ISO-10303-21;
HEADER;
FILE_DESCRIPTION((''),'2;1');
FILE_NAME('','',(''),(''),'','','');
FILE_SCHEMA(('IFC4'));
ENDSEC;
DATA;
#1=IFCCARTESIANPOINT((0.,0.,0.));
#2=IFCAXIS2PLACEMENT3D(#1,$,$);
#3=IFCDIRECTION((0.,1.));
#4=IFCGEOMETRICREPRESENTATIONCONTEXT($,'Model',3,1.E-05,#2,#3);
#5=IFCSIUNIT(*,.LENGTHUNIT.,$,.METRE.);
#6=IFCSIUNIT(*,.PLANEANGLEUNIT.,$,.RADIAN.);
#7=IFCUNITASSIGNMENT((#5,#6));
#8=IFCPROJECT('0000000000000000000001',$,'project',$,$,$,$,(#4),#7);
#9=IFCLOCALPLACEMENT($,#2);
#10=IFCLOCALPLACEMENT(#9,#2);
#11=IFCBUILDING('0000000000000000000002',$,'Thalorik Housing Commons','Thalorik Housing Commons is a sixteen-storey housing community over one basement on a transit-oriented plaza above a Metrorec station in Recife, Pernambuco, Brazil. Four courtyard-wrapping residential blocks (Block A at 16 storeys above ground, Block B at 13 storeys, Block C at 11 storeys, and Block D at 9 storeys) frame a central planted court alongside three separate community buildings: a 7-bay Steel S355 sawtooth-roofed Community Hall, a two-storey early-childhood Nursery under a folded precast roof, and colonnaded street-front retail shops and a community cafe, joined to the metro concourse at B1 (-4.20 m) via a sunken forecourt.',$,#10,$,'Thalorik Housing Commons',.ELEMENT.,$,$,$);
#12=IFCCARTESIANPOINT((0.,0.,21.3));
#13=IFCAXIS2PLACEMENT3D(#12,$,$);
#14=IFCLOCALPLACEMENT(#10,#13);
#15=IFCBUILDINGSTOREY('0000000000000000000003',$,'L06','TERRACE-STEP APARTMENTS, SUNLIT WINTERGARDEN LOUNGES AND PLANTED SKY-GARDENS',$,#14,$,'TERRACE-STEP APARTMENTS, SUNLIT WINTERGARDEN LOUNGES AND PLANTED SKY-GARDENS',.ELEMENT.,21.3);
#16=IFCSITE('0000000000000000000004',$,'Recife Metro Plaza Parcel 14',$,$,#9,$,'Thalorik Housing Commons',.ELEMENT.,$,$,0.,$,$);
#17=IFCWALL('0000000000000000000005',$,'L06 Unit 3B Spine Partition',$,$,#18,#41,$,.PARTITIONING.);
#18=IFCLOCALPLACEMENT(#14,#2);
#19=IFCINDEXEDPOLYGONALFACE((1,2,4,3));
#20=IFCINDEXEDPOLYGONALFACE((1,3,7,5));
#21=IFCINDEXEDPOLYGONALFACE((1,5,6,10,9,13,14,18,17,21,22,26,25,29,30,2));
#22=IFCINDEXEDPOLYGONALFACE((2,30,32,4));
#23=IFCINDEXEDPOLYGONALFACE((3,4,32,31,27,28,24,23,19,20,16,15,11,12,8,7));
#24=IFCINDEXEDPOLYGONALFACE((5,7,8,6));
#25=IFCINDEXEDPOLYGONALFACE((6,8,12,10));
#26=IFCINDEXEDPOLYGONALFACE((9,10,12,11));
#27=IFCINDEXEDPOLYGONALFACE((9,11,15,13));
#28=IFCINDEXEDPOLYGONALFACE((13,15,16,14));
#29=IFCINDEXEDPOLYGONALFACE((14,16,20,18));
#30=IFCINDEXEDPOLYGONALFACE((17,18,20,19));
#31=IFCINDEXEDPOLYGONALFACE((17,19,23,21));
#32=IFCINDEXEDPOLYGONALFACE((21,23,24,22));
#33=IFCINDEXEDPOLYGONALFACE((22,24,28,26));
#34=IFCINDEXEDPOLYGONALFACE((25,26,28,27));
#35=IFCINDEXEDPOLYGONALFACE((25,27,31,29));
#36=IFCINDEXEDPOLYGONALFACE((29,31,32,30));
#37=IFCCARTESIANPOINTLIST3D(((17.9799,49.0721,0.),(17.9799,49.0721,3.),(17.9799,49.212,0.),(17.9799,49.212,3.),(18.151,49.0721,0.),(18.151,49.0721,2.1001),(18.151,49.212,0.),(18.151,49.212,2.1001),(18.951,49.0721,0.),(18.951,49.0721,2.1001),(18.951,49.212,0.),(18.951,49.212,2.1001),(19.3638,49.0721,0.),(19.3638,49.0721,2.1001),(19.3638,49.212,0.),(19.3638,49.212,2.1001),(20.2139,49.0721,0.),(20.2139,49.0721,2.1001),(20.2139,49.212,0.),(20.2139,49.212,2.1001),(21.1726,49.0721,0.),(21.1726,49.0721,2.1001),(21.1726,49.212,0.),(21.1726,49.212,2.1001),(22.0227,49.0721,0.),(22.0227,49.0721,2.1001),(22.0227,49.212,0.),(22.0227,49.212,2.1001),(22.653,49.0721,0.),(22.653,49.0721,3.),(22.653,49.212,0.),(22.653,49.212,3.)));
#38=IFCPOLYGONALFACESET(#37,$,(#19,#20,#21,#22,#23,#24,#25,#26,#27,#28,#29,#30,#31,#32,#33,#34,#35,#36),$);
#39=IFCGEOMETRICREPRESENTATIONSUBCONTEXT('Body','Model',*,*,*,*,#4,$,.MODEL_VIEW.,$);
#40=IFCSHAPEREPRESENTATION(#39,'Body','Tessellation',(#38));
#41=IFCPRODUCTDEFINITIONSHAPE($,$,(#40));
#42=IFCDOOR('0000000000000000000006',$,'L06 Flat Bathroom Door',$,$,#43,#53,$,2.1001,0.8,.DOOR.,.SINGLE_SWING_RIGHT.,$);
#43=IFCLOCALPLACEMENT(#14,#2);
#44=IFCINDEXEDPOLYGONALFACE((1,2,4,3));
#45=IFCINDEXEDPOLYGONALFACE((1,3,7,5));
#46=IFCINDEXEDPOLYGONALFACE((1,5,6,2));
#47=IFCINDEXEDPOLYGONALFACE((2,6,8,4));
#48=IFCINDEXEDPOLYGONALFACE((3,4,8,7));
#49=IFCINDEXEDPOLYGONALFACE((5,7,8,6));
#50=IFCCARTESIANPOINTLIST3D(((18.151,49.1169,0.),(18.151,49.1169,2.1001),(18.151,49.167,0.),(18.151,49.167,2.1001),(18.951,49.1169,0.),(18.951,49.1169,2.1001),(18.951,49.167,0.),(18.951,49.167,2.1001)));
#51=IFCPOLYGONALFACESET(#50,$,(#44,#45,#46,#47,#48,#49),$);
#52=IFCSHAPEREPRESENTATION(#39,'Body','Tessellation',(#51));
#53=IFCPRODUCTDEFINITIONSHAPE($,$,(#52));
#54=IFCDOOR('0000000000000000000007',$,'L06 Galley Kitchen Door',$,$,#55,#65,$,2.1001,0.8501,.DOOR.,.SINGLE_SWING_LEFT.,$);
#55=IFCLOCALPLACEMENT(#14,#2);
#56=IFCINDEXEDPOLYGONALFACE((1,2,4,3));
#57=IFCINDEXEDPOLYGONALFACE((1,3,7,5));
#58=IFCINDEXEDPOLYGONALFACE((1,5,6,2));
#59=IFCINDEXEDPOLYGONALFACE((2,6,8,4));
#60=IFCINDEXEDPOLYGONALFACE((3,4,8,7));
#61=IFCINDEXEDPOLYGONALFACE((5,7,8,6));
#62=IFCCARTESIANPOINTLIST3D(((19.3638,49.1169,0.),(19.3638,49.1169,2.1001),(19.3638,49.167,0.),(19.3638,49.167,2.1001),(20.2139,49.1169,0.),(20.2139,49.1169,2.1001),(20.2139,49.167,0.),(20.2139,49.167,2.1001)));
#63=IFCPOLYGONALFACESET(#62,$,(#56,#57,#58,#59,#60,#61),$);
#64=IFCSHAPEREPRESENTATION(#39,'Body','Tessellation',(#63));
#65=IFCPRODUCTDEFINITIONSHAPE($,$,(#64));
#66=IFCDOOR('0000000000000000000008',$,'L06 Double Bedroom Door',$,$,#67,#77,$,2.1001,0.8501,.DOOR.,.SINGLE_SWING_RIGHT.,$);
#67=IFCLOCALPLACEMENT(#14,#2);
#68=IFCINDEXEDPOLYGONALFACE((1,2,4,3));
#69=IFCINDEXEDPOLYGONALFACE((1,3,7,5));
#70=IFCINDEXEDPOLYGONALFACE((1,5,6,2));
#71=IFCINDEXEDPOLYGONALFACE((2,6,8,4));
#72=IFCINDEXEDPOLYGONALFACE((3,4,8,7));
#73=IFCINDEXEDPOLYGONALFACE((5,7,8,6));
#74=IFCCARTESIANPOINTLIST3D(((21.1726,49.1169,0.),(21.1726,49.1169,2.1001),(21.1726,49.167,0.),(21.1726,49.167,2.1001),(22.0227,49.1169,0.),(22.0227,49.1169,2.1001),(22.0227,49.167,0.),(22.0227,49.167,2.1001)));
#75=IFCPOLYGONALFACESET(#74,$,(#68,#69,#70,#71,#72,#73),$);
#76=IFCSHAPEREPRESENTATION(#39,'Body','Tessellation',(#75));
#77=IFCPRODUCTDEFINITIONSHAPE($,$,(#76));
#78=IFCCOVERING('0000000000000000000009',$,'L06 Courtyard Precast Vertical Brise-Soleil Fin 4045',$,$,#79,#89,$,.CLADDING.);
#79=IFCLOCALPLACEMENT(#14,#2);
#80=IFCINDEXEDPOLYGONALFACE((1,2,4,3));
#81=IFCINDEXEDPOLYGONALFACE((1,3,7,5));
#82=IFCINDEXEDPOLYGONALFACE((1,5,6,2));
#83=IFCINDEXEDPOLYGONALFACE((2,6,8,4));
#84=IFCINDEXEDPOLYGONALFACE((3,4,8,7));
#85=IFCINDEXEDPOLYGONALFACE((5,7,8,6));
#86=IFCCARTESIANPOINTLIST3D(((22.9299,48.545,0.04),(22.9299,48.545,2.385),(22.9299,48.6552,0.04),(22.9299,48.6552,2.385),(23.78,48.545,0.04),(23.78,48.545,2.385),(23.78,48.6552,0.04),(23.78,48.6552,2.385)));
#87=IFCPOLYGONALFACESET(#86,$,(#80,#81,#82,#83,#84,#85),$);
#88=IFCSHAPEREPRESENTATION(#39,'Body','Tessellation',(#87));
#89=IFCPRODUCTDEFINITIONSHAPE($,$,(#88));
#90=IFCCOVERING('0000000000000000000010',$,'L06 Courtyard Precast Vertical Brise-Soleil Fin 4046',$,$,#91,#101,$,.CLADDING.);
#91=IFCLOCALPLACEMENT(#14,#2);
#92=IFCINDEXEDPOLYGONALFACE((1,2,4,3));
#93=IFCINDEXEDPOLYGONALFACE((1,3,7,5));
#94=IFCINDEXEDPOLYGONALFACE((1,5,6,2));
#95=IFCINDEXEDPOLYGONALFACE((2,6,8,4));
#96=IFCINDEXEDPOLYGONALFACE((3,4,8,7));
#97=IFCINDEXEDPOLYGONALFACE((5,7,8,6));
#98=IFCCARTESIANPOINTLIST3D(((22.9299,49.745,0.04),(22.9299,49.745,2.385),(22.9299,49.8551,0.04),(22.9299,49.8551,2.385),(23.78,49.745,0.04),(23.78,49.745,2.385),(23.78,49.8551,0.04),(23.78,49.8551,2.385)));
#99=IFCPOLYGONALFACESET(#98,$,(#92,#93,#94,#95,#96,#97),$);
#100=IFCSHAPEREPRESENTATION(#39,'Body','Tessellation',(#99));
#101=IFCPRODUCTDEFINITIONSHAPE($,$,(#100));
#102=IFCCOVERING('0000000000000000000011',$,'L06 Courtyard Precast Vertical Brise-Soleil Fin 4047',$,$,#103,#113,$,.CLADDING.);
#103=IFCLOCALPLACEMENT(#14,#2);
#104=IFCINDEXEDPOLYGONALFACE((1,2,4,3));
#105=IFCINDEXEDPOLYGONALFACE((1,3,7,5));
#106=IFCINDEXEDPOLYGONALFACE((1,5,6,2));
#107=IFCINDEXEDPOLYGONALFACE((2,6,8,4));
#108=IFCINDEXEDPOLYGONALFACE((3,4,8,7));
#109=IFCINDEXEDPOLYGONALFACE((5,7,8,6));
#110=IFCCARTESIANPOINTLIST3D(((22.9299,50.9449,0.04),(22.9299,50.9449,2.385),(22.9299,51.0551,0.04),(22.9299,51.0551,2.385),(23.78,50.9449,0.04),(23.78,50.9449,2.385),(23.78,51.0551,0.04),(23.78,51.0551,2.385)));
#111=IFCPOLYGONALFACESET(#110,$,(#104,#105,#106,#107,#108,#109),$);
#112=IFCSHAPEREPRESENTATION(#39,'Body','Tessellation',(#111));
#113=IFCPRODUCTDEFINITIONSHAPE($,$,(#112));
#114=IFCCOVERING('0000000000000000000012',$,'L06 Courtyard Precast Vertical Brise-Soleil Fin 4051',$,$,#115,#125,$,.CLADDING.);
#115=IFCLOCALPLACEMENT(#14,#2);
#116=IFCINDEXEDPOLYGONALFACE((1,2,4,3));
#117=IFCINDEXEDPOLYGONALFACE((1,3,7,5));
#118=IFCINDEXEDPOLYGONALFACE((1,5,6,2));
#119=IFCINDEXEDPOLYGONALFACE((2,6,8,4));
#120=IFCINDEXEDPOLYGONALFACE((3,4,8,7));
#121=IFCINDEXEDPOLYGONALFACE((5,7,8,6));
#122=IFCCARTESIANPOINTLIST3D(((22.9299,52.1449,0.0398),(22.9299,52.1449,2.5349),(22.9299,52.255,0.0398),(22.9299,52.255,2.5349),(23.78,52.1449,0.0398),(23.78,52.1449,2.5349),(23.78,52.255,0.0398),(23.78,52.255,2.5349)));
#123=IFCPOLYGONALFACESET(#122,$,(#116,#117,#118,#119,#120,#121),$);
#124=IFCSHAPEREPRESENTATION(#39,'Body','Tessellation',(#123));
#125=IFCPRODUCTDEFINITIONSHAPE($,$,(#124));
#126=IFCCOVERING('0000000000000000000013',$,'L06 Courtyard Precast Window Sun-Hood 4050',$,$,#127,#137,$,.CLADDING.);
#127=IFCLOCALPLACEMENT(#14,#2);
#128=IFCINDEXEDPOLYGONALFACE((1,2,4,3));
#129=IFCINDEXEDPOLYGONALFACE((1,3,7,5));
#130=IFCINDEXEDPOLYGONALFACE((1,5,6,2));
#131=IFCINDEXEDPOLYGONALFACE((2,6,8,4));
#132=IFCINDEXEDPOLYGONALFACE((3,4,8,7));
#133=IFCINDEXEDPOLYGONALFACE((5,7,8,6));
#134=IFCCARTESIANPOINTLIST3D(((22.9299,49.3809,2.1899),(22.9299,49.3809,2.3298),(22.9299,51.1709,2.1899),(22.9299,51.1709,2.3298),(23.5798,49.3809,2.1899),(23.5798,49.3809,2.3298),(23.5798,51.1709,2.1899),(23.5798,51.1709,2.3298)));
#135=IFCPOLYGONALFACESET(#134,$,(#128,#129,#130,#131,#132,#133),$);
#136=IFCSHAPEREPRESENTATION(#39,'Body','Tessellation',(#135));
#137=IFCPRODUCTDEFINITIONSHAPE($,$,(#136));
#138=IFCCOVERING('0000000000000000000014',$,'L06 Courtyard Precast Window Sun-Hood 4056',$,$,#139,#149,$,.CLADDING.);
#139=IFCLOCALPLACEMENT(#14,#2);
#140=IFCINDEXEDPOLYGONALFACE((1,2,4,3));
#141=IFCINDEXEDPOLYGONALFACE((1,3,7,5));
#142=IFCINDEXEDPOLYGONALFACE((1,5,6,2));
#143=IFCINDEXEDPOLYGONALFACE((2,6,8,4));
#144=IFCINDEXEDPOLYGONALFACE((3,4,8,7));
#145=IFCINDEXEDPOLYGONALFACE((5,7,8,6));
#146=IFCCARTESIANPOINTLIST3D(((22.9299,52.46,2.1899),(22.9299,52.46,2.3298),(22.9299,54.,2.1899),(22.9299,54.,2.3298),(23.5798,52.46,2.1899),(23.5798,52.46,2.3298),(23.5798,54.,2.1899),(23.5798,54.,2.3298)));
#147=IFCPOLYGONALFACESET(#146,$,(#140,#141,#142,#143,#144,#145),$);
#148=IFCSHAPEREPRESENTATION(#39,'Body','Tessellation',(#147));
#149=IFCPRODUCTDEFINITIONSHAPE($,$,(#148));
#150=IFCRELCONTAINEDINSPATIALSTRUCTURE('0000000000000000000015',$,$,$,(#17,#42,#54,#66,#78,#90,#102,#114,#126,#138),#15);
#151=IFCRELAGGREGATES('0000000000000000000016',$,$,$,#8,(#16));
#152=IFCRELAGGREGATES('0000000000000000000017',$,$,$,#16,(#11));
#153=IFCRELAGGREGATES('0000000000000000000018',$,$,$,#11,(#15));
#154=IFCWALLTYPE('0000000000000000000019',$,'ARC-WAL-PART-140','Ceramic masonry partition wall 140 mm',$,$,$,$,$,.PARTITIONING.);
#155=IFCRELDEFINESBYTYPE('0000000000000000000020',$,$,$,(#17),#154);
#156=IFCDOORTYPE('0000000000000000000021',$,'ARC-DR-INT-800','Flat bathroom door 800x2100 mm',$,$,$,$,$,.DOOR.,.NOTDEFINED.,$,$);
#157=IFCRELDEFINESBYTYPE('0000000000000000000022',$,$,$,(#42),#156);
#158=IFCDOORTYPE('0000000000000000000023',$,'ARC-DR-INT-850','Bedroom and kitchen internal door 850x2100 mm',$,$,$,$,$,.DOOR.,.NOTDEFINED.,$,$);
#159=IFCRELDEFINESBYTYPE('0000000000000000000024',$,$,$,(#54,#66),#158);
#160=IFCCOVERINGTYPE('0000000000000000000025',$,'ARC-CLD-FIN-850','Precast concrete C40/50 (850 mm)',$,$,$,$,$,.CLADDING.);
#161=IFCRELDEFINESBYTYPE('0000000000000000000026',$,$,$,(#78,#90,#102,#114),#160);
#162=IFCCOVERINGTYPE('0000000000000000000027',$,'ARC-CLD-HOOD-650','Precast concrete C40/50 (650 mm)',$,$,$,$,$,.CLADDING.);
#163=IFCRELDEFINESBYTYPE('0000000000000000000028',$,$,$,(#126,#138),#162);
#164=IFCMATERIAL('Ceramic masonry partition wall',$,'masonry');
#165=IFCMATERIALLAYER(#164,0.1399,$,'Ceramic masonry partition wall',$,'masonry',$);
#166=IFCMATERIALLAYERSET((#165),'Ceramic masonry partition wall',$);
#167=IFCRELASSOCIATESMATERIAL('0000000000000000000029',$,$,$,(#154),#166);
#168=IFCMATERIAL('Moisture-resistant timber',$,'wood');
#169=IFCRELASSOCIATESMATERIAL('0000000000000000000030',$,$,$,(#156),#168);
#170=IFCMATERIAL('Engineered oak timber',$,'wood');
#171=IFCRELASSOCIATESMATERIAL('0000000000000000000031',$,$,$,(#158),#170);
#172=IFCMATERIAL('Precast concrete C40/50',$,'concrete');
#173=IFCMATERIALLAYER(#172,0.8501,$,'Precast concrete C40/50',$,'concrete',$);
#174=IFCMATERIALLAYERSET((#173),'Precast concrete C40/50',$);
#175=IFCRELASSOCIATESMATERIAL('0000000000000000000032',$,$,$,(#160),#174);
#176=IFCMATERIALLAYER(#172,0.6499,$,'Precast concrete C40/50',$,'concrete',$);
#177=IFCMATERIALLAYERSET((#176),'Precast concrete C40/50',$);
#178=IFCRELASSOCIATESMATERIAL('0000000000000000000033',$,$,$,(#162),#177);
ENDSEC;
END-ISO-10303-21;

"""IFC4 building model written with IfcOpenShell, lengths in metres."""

from ifc_helpers import new_model, si_unit, direction, frame, frame_2d, origin, origin_2d, place, context, subcontext, project, spatial, rectangle, extrude, material, layer, layer_set, type_object, element, fill, save


model = new_model("IFC4")

# Units and contexts
model_context = context("Model", 3, precision=1e-05, world=origin(), true_north=direction((0.0, 1.0)))
body_context = subcontext(model_context, "Body", "Model", "MODEL_VIEW")
ifc_project = project(units=[si_unit("LENGTHUNIT", "METRE"), si_unit("PLANEANGLEUNIT", "RADIAN")], contexts=[model_context])

# Site, building, storey
site_placement = place(None, origin())
site = spatial("IfcSite", under=ifc_project, at=site_placement, Name="Recife Metro Plaza Parcel 14", LongName="Thalorik Housing Commons", CompositionType="ELEMENT", RefElevation=0.0)
building_placement = place(site_placement, origin())
building = spatial("IfcBuilding", under=site, at=building_placement, Name="Thalorik Housing Commons", Description="Thalorik Housing Commons is a sixteen-storey housing community over one basement on a transit-oriented plaza above a Metrorec station in Recife, Pernambuco, Brazil. Four courtyard-wrapping residential blocks (Block A at 16 storeys above ground, Block B at 13 storeys, Block C at 11 storeys, and Block D at 9 storeys) frame a central planted court alongside three separate community buildings: a 7-bay Steel S355 sawtooth-roofed Community Hall, a two-storey early-childhood Nursery under a folded precast roof, and colonnaded street-front retail shops and a community cafe, joined to the metro concourse at B1 (-4.20 m) via a sunken forecourt.", LongName="Thalorik Housing Commons", CompositionType="ELEMENT")
storey_placement = place(building_placement, frame((0.0, 0.0, 21.3)))
storey = spatial("IfcBuildingStorey", under=building, at=storey_placement, Name="L06", Description="TERRACE-STEP APARTMENTS, SUNLIT WINTERGARDEN LOUNGES AND PLANTED SKY-GARDENS", LongName="TERRACE-STEP APARTMENTS, SUNLIT WINTERGARDEN LOUNGES AND PLANTED SKY-GARDENS", CompositionType="ELEMENT", Elevation=21.3)

# Shared definitions
ifc_material_1 = material(Name="Precast concrete C40/50", Category="concrete")

# Wall, openings, doors
ifc_material_2 = material(Name="Ceramic masonry partition wall", Category="masonry")
ifc_layer_1 = layer(ifc_material_2, 0.1399, Name="Ceramic masonry partition wall", Category="masonry")
ifc_layer_set_1 = layer_set([ifc_layer_1], Name="Ceramic masonry partition wall")
wall_type_1 = type_object("IfcWallType", Name="ARC-WAL-PART-140", Description="Ceramic masonry partition wall 140 mm", PredefinedType="PARTITIONING", material=ifc_layer_set_1)
wall_1_placement = place(storey_placement, frame((17.98, 49.1421, 0.0), z_axis=(0.0, 0.0, 1.0), x_axis=(1.0, 0.0, 0.0)))
wall_1 = element("IfcWall", 1, at=wall_1_placement, inside=storey, type_object=wall_type_1, Name="L06 Unit 3B Spine Partition", PredefinedType="PARTITIONING", context=body_context, shape_type="SweptSolid", body=[
    extrude(rectangle(XDim=4.6731, YDim=0.1399, at=frame_2d((2.3364, 0.0))), origin(), (0.0, 0.0, 1.0), 3.0),
])
opening_1_placement = place(wall_1_placement, frame((0.1711, 0.0, 0.0)))
opening_1 = element("IfcOpeningElement", 2, at=opening_1_placement, cuts=wall_1, PredefinedType="OPENING", context=body_context, shape_type="SweptSolid", body=[
    extrude(rectangle(XDim=0.8, YDim=2.1001, at=frame_2d((0.3999, 1.05))), frame((0.0, 0.0801, 0.0), z_axis=(0.0, -1.0, 0.0), x_axis=(1.0, 0.0, 0.0)), (0.0, 0.0, 1.0), 0.1599),
])
opening_2_placement = place(wall_1_placement, frame((1.3838, 0.0, 0.0)))
opening_2 = element("IfcOpeningElement", 3, at=opening_2_placement, cuts=wall_1, PredefinedType="OPENING", context=body_context, shape_type="SweptSolid", body=[
    extrude(rectangle(XDim=0.8501, YDim=2.1001, at=frame_2d((0.425, 1.05))), frame((0.0, 0.0801, 0.0), z_axis=(0.0, -1.0, 0.0), x_axis=(1.0, 0.0, 0.0)), (0.0, 0.0, 1.0), 0.1599),
])
opening_3_placement = place(wall_1_placement, frame((3.1926, 0.0, 0.0)))
opening_3 = element("IfcOpeningElement", 4, at=opening_3_placement, cuts=wall_1, PredefinedType="OPENING", context=body_context, shape_type="SweptSolid", body=[
    extrude(rectangle(XDim=0.8501, YDim=2.1001, at=frame_2d((0.425, 1.05))), frame((0.0, 0.0801, 0.0), z_axis=(0.0, -1.0, 0.0), x_axis=(1.0, 0.0, 0.0)), (0.0, 0.0, 1.0), 0.1599),
])
ifc_material_3 = material(Name="Moisture-resistant timber", Category="wood")
door_type_1 = type_object("IfcDoorType", Name="ARC-DR-INT-800", Description="Flat bathroom door 800x2100 mm", OperationType="NOTDEFINED", PredefinedType="DOOR", material=ifc_material_3)
door_1_placement = place(opening_1_placement, origin())
door_1 = element("IfcDoor", 5, at=door_1_placement, inside=storey, type_object=door_type_1, Name="L06 Flat Bathroom Door", OperationType="SINGLE_SWING_RIGHT", OverallHeight=2.1001, OverallWidth=0.8, PredefinedType="DOOR", context=body_context, shape_type="SweptSolid", body=[
    extrude(rectangle(XDim=0.8, YDim=2.1001, at=frame_2d((0.3999, 1.05))), frame((0.0, 0.0249, 0.0), z_axis=(0.0, -1.0, 0.0), x_axis=(1.0, 0.0, 0.0)), (0.0, 0.0, 1.0), 0.05),
])
fill(opening_1, door_1)
ifc_material_4 = material(Name="Engineered oak timber", Category="wood")
door_type_2 = type_object("IfcDoorType", Name="ARC-DR-INT-850", Description="Bedroom and kitchen internal door 850x2100 mm", OperationType="NOTDEFINED", PredefinedType="DOOR", material=ifc_material_4)
door_2_placement = place(opening_2_placement, origin())
door_2 = element("IfcDoor", 6, at=door_2_placement, inside=storey, type_object=door_type_2, Name="L06 Galley Kitchen Door", OperationType="SINGLE_SWING_LEFT", OverallHeight=2.1001, OverallWidth=0.8501, PredefinedType="DOOR", context=body_context, shape_type="SweptSolid", body=[
    extrude(rectangle(XDim=0.8501, YDim=2.1001, at=frame_2d((0.425, 1.05))), frame((0.0, 0.0249, 0.0), z_axis=(0.0, -1.0, 0.0), x_axis=(1.0, 0.0, 0.0)), (0.0, 0.0, 1.0), 0.05),
])
fill(opening_2, door_2)
door_3_placement = place(opening_3_placement, origin())
door_3 = element("IfcDoor", 7, at=door_3_placement, inside=storey, type_object=door_type_2, Name="L06 Double Bedroom Door", OperationType="SINGLE_SWING_RIGHT", OverallHeight=2.1001, OverallWidth=0.8501, PredefinedType="DOOR", context=body_context, shape_type="SweptSolid", body=[
    extrude(rectangle(XDim=0.8501, YDim=2.1001, at=frame_2d((0.425, 1.05))), frame((0.0, 0.0249, 0.0), z_axis=(0.0, -1.0, 0.0), x_axis=(1.0, 0.0, 0.0)), (0.0, 0.0, 1.0), 0.05),
])
fill(opening_3, door_3)

# Coverings
ifc_layer_2 = layer(ifc_material_1, 0.8501, Name="Precast concrete C40/50", Category="concrete")
ifc_layer_set_2 = layer_set([ifc_layer_2], Name="Precast concrete C40/50")
covering_type_1 = type_object("IfcCoveringType", Name="ARC-CLD-FIN-850", Description="Precast concrete C40/50 (850 mm)", PredefinedType="CLADDING", material=ifc_layer_set_2)
for number, where, z_axis, x_axis, name in (
    (8, (23.355, 48.6001, 0.04), (0.0, 0.0, 1.0), (0.0, 1.0, 0.0), "L06 Courtyard Precast Vertical Brise-Soleil Fin 4045"),
    (9, (23.355, 49.8, 0.04), (0.0, 0.0, 1.0), (0.0, 1.0, 0.0), "L06 Courtyard Precast Vertical Brise-Soleil Fin 4046"),
    (10, (23.355, 51.0, 0.04), (0.0, 0.0, 1.0), (0.0, 1.0, 0.0), "L06 Courtyard Precast Vertical Brise-Soleil Fin 4047"),
):
    element("IfcCovering", number, at=place(storey_placement, frame(where, z_axis=z_axis, x_axis=x_axis)), inside=storey, type_object=covering_type_1, Name=name, PredefinedType="CLADDING", context=body_context, shape_type="SweptSolid", body=[
        extrude(rectangle(XDim=0.1101, YDim=0.8501, at=origin_2d()), origin(), (0.0, 0.0, 1.0), 2.345),
    ])
covering_1_placement = place(storey_placement, frame((23.355, 52.2, 0.0398), z_axis=(0.0, 0.0, 1.0), x_axis=(0.0, 1.0, 0.0)))
element("IfcCovering", 11, at=covering_1_placement, inside=storey, type_object=covering_type_1, Name="L06 Courtyard Precast Vertical Brise-Soleil Fin 4051", PredefinedType="CLADDING", context=body_context, shape_type="SweptSolid", body=[
    extrude(rectangle(XDim=0.1101, YDim=0.8501, at=origin_2d()), origin(), (0.0, 0.0, 1.0), 2.4951),
])
ifc_layer_3 = layer(ifc_material_1, 0.6499, Name="Precast concrete C40/50", Category="concrete")
ifc_layer_set_3 = layer_set([ifc_layer_3], Name="Precast concrete C40/50")
covering_type_2 = type_object("IfcCoveringType", Name="ARC-CLD-HOOD-650", Description="Precast concrete C40/50 (650 mm)", PredefinedType="CLADDING", material=ifc_layer_set_3)
covering_2_placement = place(storey_placement, frame((23.2549, 50.2759, 2.1899), z_axis=(0.0, 0.0, 1.0), x_axis=(0.0, 1.0, 0.0)))
element("IfcCovering", 12, at=covering_2_placement, inside=storey, type_object=covering_type_2, Name="L06 Courtyard Precast Window Sun-Hood 4050", PredefinedType="CLADDING", context=body_context, shape_type="SweptSolid", body=[
    extrude(rectangle(XDim=1.79, YDim=0.6499, at=origin_2d()), origin(), (0.0, 0.0, 1.0), 0.1399),
])
covering_3_placement = place(storey_placement, frame((23.2549, 53.23, 2.1899), z_axis=(0.0, 0.0, 1.0), x_axis=(0.0, 1.0, 0.0)))
element("IfcCovering", 13, at=covering_3_placement, inside=storey, type_object=covering_type_2, Name="L06 Courtyard Precast Window Sun-Hood 4056", PredefinedType="CLADDING", context=body_context, shape_type="SweptSolid", body=[
    extrude(rectangle(XDim=1.54, YDim=0.6499, at=origin_2d()), origin(), (0.0, 0.0, 1.0), 0.1399),
])

save(model, "model.ifc")
